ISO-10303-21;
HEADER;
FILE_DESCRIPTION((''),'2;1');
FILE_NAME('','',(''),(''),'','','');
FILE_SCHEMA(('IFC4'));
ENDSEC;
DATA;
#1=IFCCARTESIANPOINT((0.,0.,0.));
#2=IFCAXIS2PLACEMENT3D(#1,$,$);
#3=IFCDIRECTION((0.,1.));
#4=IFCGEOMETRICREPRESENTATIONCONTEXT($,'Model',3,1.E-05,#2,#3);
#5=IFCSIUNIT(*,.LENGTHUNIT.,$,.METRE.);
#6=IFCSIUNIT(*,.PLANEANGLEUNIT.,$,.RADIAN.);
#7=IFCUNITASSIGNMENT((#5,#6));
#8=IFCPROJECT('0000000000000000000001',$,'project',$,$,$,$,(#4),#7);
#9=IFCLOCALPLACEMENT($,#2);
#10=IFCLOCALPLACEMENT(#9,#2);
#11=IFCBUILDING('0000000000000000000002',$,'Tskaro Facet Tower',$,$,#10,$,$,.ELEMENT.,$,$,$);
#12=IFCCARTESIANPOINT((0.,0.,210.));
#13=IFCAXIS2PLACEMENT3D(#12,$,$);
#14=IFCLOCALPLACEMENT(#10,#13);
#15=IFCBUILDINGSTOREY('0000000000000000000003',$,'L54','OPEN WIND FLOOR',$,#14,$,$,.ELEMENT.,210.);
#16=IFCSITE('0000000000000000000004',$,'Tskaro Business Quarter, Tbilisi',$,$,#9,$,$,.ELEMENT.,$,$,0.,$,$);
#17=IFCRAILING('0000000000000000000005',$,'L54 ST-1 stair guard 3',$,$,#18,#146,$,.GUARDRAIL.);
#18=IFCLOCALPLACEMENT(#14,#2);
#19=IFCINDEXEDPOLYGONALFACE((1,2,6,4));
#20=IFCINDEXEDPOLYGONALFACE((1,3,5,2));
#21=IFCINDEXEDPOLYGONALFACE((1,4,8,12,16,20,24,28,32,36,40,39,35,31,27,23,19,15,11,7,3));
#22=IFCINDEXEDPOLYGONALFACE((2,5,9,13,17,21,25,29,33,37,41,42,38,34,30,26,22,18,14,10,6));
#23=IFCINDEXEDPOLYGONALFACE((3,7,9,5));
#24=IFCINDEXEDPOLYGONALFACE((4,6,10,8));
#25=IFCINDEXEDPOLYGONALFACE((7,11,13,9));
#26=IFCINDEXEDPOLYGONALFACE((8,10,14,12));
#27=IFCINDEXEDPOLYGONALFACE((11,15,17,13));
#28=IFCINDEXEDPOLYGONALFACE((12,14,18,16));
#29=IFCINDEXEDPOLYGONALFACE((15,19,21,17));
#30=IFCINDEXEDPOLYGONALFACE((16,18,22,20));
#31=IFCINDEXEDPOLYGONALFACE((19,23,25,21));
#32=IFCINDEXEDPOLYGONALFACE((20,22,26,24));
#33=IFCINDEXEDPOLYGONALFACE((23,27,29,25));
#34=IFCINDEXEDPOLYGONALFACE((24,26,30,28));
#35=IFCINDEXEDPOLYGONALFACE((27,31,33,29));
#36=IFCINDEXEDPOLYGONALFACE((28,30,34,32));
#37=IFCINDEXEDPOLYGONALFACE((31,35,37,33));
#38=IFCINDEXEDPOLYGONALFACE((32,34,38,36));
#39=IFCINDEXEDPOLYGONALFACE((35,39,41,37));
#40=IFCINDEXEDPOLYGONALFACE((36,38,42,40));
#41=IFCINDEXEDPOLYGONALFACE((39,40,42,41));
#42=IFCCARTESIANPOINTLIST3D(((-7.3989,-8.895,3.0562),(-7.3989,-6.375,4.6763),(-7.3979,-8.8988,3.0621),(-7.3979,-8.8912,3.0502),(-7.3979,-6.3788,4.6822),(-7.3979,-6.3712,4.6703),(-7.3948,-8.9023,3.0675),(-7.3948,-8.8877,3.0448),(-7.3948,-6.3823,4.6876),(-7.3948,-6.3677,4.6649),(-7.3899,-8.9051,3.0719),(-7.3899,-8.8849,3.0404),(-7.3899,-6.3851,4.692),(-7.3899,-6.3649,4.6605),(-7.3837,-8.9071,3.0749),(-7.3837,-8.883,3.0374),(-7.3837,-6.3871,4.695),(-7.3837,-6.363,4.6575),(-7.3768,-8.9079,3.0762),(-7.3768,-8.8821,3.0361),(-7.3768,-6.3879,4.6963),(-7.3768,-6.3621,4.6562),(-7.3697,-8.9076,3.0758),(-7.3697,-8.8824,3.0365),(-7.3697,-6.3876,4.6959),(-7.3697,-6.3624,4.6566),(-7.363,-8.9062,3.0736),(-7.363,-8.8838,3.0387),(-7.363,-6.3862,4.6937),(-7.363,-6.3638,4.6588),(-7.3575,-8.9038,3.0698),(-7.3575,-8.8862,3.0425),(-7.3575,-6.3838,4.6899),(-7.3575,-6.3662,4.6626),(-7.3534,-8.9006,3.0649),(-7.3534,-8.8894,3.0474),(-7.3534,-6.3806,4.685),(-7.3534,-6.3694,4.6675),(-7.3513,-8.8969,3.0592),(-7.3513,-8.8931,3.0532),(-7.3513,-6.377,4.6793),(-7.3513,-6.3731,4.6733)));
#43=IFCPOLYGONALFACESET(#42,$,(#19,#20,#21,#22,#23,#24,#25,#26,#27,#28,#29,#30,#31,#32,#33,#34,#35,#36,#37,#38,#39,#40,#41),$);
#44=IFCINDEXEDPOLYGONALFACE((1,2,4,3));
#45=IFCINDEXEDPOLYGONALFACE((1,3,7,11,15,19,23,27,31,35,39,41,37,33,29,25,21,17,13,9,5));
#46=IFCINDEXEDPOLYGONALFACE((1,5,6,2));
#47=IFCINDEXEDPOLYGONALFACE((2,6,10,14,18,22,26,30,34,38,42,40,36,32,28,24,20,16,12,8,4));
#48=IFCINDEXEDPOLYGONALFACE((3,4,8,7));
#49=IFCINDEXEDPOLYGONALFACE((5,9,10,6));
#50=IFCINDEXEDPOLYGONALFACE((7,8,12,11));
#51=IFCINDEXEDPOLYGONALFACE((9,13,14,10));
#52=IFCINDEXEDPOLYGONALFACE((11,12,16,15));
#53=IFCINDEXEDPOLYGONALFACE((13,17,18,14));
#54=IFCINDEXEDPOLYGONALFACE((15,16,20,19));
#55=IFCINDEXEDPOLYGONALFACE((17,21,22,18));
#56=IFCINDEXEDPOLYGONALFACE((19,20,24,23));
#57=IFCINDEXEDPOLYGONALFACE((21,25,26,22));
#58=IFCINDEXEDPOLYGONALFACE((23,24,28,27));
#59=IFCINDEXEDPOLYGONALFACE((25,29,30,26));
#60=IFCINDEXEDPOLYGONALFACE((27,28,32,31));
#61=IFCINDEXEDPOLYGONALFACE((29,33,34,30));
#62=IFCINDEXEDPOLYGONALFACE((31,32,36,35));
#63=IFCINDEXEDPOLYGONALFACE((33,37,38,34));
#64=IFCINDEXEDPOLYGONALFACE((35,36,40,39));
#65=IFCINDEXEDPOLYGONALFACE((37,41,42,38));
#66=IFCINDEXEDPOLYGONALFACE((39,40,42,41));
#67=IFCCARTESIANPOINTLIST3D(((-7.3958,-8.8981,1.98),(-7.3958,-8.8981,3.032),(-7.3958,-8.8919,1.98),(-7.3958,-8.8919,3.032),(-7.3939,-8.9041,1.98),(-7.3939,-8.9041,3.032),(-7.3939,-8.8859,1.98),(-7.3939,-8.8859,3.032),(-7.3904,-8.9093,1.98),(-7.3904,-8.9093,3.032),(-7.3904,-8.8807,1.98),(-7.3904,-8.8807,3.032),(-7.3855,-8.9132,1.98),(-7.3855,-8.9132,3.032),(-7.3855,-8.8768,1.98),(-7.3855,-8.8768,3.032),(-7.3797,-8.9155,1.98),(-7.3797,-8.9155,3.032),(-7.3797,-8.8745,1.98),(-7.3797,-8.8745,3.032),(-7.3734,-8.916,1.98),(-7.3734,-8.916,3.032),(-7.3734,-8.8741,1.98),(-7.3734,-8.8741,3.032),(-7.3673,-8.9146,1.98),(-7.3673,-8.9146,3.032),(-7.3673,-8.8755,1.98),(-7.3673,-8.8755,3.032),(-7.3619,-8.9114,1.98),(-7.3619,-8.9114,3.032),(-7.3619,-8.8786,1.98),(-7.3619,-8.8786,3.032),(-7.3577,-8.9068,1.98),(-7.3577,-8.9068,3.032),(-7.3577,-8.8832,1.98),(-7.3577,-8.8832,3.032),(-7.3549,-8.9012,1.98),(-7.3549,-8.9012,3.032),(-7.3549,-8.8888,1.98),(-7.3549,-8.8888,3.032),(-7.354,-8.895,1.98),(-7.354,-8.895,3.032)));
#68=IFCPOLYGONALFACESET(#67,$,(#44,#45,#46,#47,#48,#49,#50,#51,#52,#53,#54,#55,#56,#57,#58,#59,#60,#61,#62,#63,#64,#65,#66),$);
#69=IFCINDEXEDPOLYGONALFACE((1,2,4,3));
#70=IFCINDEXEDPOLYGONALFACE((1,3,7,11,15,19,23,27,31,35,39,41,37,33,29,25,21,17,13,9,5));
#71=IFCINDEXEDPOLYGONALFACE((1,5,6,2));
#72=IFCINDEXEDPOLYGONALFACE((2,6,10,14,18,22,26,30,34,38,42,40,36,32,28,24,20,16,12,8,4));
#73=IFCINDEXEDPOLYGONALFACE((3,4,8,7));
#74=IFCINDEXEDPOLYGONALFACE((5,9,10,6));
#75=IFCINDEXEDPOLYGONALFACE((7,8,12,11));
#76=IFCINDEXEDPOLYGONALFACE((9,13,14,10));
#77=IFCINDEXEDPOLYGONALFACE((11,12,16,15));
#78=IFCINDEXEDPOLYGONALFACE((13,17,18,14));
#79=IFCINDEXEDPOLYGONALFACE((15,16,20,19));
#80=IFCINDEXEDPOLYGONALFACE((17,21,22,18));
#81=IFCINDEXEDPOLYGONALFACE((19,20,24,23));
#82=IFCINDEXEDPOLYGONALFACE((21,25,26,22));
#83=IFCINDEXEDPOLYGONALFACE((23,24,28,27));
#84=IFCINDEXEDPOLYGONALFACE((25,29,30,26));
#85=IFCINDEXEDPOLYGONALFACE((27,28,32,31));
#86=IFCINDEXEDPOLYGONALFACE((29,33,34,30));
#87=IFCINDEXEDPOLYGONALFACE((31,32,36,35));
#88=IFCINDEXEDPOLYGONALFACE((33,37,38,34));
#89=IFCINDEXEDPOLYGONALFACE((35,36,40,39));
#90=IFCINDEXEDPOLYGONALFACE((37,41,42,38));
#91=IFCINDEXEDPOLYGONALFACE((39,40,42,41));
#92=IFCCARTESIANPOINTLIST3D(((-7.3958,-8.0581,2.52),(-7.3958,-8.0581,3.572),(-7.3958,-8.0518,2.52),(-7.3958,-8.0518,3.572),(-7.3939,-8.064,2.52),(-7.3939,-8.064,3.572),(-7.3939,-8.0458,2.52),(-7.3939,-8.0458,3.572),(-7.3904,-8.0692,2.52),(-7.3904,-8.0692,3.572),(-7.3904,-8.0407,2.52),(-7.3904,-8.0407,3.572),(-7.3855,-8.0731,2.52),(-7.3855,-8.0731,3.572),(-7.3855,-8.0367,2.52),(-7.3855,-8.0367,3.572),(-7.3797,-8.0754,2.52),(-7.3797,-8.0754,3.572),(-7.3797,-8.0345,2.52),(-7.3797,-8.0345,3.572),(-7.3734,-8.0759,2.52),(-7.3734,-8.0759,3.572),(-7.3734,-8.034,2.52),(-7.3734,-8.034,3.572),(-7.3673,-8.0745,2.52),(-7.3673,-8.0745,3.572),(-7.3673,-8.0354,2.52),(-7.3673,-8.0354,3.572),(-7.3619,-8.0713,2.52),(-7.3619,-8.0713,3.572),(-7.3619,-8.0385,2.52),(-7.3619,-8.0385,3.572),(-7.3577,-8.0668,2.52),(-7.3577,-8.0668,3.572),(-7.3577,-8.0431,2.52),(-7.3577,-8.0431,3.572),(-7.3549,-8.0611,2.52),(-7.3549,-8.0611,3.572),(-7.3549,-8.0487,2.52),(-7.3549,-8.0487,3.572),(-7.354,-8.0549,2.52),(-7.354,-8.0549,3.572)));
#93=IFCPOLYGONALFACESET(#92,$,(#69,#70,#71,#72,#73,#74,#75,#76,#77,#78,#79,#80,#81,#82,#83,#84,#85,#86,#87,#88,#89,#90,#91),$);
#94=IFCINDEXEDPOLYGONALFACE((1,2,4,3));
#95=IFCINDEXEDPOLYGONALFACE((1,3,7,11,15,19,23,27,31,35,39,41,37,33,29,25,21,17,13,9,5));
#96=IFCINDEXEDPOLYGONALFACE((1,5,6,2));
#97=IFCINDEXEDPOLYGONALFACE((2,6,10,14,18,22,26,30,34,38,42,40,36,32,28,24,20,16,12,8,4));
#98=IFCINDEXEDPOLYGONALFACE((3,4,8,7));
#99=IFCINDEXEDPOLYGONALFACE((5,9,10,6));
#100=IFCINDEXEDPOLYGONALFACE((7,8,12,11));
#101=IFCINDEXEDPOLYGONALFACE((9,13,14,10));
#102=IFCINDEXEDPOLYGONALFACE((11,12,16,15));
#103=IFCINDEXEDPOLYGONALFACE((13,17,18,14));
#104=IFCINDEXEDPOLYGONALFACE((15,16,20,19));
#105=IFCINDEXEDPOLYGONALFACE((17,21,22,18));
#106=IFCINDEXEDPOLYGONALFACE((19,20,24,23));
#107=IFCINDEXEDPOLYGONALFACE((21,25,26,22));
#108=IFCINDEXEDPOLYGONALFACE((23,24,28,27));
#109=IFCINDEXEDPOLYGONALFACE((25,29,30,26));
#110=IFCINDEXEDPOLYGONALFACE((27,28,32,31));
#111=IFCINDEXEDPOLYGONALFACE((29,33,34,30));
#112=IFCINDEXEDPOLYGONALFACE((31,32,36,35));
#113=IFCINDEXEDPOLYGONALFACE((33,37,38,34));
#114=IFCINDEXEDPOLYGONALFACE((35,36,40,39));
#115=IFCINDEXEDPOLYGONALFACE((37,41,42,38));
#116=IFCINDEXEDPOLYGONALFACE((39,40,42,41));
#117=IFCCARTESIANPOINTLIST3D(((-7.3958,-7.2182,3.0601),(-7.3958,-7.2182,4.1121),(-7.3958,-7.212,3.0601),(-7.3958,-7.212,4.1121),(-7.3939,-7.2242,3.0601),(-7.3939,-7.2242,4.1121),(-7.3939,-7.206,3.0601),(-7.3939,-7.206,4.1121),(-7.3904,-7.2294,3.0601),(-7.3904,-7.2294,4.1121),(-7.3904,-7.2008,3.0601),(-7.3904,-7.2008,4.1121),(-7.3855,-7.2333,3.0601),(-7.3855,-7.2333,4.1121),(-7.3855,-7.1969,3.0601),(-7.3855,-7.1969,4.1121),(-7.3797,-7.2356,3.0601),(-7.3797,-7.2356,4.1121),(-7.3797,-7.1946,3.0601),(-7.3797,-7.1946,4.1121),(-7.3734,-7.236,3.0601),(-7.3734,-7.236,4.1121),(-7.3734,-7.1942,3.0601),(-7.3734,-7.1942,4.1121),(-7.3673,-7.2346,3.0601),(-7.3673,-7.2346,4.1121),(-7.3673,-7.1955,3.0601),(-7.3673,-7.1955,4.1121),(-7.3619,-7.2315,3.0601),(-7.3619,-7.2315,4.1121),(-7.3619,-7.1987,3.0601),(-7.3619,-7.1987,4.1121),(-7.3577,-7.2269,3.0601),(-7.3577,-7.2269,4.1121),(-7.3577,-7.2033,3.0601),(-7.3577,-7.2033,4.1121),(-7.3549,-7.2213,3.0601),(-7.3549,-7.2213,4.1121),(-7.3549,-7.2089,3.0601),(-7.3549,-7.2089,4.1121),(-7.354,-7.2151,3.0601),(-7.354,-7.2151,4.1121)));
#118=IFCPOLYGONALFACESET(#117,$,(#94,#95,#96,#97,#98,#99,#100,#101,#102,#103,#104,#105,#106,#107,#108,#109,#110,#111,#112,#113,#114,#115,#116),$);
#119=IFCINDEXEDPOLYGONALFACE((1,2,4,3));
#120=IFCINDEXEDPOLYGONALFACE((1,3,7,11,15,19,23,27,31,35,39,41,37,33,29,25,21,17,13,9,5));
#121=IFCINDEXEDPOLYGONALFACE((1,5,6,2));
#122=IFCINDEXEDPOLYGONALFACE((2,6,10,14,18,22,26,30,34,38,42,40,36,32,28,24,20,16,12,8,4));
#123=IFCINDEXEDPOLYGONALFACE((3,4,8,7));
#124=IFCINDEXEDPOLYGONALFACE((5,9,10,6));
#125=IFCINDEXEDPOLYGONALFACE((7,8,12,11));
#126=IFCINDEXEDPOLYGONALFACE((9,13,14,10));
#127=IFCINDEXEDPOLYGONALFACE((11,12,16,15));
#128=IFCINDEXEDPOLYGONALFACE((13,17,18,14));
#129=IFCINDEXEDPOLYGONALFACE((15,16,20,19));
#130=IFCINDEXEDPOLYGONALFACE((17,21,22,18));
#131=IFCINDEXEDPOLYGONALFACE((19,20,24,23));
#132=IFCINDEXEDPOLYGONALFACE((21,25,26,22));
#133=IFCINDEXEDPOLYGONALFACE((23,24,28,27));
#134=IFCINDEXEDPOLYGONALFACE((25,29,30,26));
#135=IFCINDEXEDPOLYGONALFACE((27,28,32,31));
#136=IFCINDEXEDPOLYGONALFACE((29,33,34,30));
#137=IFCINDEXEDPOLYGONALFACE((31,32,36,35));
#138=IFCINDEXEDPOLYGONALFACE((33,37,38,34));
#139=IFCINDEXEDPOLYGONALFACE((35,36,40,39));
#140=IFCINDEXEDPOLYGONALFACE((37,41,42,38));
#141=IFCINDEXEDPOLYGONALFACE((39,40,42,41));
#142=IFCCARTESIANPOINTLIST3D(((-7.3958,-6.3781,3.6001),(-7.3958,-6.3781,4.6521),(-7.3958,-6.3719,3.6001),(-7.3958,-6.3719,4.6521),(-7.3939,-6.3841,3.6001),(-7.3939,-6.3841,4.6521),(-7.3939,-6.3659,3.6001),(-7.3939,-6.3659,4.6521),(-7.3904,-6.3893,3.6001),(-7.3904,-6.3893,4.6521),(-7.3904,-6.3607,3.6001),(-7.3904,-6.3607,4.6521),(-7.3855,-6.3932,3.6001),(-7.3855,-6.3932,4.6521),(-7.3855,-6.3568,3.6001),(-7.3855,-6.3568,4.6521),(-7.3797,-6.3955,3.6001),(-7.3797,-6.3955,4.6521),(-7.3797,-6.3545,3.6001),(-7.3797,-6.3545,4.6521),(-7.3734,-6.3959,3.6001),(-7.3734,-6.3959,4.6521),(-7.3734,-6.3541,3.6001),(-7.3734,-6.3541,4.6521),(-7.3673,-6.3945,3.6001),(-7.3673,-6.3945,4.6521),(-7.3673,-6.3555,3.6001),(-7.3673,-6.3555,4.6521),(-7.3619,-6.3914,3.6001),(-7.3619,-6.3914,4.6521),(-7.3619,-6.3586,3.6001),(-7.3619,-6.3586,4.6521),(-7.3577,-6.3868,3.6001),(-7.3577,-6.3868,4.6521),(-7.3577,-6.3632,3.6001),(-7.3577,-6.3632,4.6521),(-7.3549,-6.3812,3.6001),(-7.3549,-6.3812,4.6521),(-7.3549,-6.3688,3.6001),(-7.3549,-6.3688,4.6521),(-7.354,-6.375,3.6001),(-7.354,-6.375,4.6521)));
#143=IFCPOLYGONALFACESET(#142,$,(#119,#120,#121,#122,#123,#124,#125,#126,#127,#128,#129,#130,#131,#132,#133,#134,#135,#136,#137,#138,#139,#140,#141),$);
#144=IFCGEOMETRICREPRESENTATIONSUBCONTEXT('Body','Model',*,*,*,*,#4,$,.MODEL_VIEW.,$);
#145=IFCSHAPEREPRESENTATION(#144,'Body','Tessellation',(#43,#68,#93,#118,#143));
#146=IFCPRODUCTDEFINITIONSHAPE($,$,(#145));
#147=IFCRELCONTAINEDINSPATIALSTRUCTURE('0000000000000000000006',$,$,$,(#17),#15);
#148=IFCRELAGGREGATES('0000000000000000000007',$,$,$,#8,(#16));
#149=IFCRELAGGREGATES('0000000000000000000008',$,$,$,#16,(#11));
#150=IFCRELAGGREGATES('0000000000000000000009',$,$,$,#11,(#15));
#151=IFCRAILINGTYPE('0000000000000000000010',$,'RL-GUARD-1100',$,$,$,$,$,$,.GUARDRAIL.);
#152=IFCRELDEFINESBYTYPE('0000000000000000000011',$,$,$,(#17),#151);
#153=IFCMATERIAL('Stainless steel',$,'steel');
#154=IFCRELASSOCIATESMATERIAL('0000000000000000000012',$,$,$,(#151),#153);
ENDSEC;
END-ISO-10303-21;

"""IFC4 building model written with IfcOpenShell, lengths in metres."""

from ifc_helpers import new_model, si_unit, direction, frame, origin, origin_2d, place, context, subcontext, project, spatial, circle, extrude, material, type_object, element, save


model = new_model("IFC4")

# Units and contexts
model_context = context("Model", 3, precision=1e-05, world=origin(), true_north=direction((0.0, 1.0)))
body_context = subcontext(model_context, "Body", "Model", "MODEL_VIEW")
ifc_project = project(units=[si_unit("LENGTHUNIT", "METRE"), si_unit("PLANEANGLEUNIT", "RADIAN")], contexts=[model_context])

# Site, building, storey
site_placement = place(None, origin())
site = spatial("IfcSite", under=ifc_project, at=site_placement, Name="Tskaro Business Quarter, Tbilisi", CompositionType="ELEMENT", RefElevation=0.0)
building_placement = place(site_placement, origin())
building = spatial("IfcBuilding", under=site, at=building_placement, Name="Tskaro Facet Tower", CompositionType="ELEMENT")
storey_placement = place(building_placement, frame((0.0, 0.0, 210.0)))
storey = spatial("IfcBuildingStorey", under=building, at=storey_placement, Name="L54", Description="OPEN WIND FLOOR", CompositionType="ELEMENT", Elevation=210.0)

# Shared definitions
ifc_material_1 = material(Name="Stainless steel", Category="steel")

# Railing
railing_type_1 = type_object("IfcRailingType", Name="RL-GUARD-1100", PredefinedType="GUARDRAIL", material=ifc_material_1)
railing_1_placement = place(storey_placement, frame((-7.375, -8.895, 1.98)))
element("IfcRailing", 1, at=railing_1_placement, inside=storey, type_object=railing_type_1, Name="L54 ST-1 stair guard 3", PredefinedType="GUARDRAIL", context=body_context, shape_type="SweptSolid", body=[
    extrude(circle(Radius=0.0239, at=origin_2d()), frame((0.0, 0.0, 1.0762), z_axis=(0.0, 0.841163, 0.540782), x_axis=(-1.0, 0.0, 0.0)), (0.0, 0.0, 1.0), 2.9958),
    extrude(circle(Radius=0.021, at=origin_2d()), origin(), (0.0, 0.0, 1.0), 1.052),
    extrude(circle(Radius=0.021, at=origin_2d()), frame((0.0, 0.8401, 0.54)), (0.0, 0.0, 1.0), 1.052),
    extrude(circle(Radius=0.021, at=origin_2d()), frame((0.0, 1.6799, 1.0801)), (0.0, 0.0, 1.0), 1.052),
    extrude(circle(Radius=0.021, at=origin_2d()), frame((0.0, 2.52, 1.6201)), (0.0, 0.0, 1.0), 1.052),
])

save(model, "model.ifc")
